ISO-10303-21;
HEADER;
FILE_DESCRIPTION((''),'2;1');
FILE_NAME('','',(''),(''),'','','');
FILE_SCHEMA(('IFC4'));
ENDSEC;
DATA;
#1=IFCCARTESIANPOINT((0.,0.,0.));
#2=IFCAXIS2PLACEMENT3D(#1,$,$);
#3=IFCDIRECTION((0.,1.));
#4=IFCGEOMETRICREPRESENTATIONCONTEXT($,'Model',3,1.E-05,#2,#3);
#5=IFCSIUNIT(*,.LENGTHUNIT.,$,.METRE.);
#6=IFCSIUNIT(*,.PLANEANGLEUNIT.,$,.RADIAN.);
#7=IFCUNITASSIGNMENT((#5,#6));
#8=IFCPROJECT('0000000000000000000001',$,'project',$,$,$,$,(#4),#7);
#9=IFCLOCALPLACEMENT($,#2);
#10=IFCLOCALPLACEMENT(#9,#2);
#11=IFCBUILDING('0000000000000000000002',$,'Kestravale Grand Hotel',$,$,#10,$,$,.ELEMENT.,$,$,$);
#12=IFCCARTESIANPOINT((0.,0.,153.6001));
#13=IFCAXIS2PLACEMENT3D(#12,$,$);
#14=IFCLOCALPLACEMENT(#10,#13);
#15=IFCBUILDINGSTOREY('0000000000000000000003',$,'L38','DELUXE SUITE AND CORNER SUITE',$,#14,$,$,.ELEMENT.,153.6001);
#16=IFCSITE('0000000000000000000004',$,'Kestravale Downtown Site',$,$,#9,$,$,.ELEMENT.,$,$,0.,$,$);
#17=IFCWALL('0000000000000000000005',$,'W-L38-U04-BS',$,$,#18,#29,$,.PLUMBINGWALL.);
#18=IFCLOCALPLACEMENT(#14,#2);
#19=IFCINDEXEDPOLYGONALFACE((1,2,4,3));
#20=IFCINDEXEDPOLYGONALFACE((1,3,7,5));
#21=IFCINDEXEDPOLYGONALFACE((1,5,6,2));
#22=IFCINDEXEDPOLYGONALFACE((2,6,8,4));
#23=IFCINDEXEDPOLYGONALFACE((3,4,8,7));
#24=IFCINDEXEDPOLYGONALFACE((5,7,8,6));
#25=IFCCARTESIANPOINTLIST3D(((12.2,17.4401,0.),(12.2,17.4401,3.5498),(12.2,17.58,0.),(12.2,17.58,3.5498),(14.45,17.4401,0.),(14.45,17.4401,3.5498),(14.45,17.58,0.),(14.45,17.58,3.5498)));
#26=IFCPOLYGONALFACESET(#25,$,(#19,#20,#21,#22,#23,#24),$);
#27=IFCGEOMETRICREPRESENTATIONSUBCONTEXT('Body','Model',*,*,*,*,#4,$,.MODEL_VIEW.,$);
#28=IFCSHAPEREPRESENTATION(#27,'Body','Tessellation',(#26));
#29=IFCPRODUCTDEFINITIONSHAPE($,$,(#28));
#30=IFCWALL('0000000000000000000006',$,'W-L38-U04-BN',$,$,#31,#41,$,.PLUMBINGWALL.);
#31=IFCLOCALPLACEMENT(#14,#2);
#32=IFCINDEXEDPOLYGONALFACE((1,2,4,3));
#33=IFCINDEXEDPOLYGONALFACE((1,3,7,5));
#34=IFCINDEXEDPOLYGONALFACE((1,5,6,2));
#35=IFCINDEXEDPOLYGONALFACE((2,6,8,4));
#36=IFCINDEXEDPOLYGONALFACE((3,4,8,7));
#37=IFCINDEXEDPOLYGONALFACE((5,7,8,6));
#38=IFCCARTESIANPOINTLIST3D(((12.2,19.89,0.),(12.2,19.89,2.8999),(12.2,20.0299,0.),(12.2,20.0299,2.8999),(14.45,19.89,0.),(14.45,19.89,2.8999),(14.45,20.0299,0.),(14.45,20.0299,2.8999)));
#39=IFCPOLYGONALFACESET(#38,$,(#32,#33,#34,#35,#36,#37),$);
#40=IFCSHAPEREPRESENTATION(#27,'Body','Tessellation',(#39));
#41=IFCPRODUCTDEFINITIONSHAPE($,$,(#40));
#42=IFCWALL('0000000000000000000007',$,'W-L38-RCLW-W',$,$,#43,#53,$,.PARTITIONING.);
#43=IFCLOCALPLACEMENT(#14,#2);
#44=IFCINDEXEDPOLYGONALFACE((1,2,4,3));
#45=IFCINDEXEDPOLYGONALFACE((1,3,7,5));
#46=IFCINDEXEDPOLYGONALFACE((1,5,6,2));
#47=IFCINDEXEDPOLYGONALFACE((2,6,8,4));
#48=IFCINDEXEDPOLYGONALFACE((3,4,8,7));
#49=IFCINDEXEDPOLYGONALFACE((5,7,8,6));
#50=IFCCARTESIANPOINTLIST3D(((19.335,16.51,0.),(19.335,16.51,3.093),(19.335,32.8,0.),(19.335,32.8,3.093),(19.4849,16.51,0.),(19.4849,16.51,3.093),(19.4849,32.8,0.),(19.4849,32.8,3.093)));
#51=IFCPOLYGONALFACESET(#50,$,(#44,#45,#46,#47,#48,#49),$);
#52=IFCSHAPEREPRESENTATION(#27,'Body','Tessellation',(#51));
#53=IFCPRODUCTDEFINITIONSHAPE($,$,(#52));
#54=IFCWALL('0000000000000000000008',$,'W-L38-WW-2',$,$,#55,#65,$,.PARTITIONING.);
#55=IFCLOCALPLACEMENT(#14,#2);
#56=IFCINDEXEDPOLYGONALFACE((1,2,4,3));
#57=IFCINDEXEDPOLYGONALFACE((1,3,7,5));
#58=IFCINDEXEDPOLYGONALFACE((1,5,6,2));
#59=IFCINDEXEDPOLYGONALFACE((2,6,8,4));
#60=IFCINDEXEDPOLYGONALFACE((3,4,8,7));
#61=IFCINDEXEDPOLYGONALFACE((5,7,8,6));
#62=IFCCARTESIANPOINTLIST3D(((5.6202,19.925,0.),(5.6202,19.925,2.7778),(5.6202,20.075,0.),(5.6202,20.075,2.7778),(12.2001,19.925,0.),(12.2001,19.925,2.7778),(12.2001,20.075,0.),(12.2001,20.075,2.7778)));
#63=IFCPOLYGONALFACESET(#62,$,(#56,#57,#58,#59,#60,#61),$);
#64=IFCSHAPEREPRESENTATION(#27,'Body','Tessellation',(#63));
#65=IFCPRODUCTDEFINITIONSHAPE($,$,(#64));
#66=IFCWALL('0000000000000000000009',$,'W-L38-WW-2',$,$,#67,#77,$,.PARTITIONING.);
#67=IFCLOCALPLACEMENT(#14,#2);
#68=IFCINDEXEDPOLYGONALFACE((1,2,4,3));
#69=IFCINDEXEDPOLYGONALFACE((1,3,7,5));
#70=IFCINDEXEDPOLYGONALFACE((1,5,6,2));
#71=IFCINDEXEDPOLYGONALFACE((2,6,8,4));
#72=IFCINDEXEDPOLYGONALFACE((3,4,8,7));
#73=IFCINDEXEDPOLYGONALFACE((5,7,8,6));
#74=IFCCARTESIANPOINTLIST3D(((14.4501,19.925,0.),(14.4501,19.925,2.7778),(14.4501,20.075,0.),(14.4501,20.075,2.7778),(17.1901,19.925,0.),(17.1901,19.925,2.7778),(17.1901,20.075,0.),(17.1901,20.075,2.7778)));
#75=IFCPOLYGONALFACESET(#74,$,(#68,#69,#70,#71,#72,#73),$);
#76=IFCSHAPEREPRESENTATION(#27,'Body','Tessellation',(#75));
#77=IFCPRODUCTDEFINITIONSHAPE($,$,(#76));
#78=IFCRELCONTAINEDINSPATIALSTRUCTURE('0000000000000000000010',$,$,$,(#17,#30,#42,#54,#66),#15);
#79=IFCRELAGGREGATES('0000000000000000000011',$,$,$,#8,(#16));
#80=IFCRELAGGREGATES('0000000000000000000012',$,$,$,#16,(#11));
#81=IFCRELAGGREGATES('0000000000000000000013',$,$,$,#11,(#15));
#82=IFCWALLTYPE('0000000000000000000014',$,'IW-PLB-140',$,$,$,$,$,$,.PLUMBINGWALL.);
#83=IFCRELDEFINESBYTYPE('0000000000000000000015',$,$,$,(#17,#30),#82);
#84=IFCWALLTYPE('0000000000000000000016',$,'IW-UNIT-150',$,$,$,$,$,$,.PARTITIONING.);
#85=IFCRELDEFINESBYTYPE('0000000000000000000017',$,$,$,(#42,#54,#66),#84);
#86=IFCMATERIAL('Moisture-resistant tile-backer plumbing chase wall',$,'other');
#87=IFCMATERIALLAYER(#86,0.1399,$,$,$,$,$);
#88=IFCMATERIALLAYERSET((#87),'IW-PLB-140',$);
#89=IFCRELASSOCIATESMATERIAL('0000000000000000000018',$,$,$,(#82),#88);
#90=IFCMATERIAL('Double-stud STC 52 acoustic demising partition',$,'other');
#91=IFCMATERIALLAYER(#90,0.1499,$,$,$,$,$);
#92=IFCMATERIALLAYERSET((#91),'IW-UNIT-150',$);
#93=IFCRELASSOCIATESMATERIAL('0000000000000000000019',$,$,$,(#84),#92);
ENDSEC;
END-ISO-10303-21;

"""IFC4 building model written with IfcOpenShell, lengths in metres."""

from ifc_helpers import new_model, si_unit, direction, frame, frame_2d, origin, place, context, subcontext, project, spatial, rectangle, extrude, material, layer, layer_set, type_object, element, save


model = new_model("IFC4")

# Units and contexts
model_context = context("Model", 3, precision=1e-05, world=origin(), true_north=direction((0.0, 1.0)))
body_context = subcontext(model_context, "Body", "Model", "MODEL_VIEW")
ifc_project = project(units=[si_unit("LENGTHUNIT", "METRE"), si_unit("PLANEANGLEUNIT", "RADIAN")], contexts=[model_context])

# Site, building, storey
site_placement = place(None, origin())
site = spatial("IfcSite", under=ifc_project, at=site_placement, Name="Kestravale Downtown Site", CompositionType="ELEMENT", RefElevation=0.0)
building_placement = place(site_placement, origin())
building = spatial("IfcBuilding", under=site, at=building_placement, Name="Kestravale Grand Hotel", CompositionType="ELEMENT")
storey_placement = place(building_placement, frame((0.0, 0.0, 153.6001)))
storey = spatial("IfcBuildingStorey", under=building, at=storey_placement, Name="L38", Description="DELUXE SUITE AND CORNER SUITE", CompositionType="ELEMENT", Elevation=153.6001)

# Shared definitions
ifc_material_1 = material(Name="Moisture-resistant tile-backer plumbing chase wall", Category="other")
ifc_layer_1 = layer(ifc_material_1, 0.1399)
ifc_layer_set_1 = layer_set([ifc_layer_1], Name="IW-PLB-140")
wall_type_1 = type_object("IfcWallType", Name="IW-PLB-140", PredefinedType="PLUMBINGWALL", material=ifc_layer_set_1)

# Walls
wall_1_placement = place(storey_placement, frame((12.2, 17.51, 0.0), z_axis=(0.0, 0.0, 1.0), x_axis=(1.0, 0.0, 0.0)))
element("IfcWall", 1, at=wall_1_placement, inside=storey, type_object=wall_type_1, Name="W-L38-U04-BS", PredefinedType="PLUMBINGWALL", context=body_context, shape_type="SweptSolid", body=[
    extrude(rectangle(XDim=2.25, YDim=0.1399, at=frame_2d((1.125, 0.0))), origin(), (0.0, 0.0, 1.0), 3.5498),
])
wall_2_placement = place(storey_placement, frame((12.2, 19.96, 0.0), z_axis=(0.0, 0.0, 1.0), x_axis=(1.0, 0.0, 0.0)))
element("IfcWall", 2, at=wall_2_placement, inside=storey, type_object=wall_type_1, Name="W-L38-U04-BN", PredefinedType="PLUMBINGWALL", context=body_context, shape_type="SweptSolid", body=[
    extrude(rectangle(XDim=2.25, YDim=0.1399, at=frame_2d((1.125, 0.0))), origin(), (0.0, 0.0, 1.0), 2.8999),
])
ifc_material_2 = material(Name="Double-stud STC 52 acoustic demising partition", Category="other")
ifc_layer_2 = layer(ifc_material_2, 0.1499)
ifc_layer_set_2 = layer_set([ifc_layer_2], Name="IW-UNIT-150")
wall_type_2 = type_object("IfcWallType", Name="IW-UNIT-150", PredefinedType="PARTITIONING", material=ifc_layer_set_2)
wall_3_placement = place(storey_placement, frame((19.4099, 16.51, 0.0), z_axis=(0.0, 0.0, 1.0), x_axis=(0.0, 1.0, 0.0)))
element("IfcWall", 3, at=wall_3_placement, inside=storey, type_object=wall_type_2, Name="W-L38-RCLW-W", PredefinedType="PARTITIONING", context=body_context, shape_type="SweptSolid", body=[
    extrude(rectangle(XDim=16.29, YDim=0.1499, at=frame_2d((8.145, 0.0))), origin(), (0.0, 0.0, 1.0), 3.093),
])
wall_4_placement = place(storey_placement, frame((5.6201, 20.0, 0.0), z_axis=(0.0, 0.0, 1.0), x_axis=(1.0, 0.0, 0.0)))
element("IfcWall", 4, at=wall_4_placement, inside=storey, type_object=wall_type_2, Name="W-L38-WW-2", PredefinedType="PARTITIONING", context=body_context, shape_type="SweptSolid", body=[
    extrude(rectangle(XDim=6.5798, YDim=0.1499, at=frame_2d((3.29, 0.0))), origin(), (0.0, 0.0, 1.0), 2.7778),
])
wall_5_placement = place(storey_placement, frame((14.45, 20.0, 0.0), z_axis=(0.0, 0.0, 1.0), x_axis=(1.0, 0.0, 0.0)))
element("IfcWall", 5, at=wall_5_placement, inside=storey, type_object=wall_type_2, Name="W-L38-WW-2", PredefinedType="PARTITIONING", context=body_context, shape_type="SweptSolid", body=[
    extrude(rectangle(XDim=2.74, YDim=0.1499, at=frame_2d((1.3701, 0.0))), origin(), (0.0, 0.0, 1.0), 2.7778),
])

save(model, "model.ifc")
